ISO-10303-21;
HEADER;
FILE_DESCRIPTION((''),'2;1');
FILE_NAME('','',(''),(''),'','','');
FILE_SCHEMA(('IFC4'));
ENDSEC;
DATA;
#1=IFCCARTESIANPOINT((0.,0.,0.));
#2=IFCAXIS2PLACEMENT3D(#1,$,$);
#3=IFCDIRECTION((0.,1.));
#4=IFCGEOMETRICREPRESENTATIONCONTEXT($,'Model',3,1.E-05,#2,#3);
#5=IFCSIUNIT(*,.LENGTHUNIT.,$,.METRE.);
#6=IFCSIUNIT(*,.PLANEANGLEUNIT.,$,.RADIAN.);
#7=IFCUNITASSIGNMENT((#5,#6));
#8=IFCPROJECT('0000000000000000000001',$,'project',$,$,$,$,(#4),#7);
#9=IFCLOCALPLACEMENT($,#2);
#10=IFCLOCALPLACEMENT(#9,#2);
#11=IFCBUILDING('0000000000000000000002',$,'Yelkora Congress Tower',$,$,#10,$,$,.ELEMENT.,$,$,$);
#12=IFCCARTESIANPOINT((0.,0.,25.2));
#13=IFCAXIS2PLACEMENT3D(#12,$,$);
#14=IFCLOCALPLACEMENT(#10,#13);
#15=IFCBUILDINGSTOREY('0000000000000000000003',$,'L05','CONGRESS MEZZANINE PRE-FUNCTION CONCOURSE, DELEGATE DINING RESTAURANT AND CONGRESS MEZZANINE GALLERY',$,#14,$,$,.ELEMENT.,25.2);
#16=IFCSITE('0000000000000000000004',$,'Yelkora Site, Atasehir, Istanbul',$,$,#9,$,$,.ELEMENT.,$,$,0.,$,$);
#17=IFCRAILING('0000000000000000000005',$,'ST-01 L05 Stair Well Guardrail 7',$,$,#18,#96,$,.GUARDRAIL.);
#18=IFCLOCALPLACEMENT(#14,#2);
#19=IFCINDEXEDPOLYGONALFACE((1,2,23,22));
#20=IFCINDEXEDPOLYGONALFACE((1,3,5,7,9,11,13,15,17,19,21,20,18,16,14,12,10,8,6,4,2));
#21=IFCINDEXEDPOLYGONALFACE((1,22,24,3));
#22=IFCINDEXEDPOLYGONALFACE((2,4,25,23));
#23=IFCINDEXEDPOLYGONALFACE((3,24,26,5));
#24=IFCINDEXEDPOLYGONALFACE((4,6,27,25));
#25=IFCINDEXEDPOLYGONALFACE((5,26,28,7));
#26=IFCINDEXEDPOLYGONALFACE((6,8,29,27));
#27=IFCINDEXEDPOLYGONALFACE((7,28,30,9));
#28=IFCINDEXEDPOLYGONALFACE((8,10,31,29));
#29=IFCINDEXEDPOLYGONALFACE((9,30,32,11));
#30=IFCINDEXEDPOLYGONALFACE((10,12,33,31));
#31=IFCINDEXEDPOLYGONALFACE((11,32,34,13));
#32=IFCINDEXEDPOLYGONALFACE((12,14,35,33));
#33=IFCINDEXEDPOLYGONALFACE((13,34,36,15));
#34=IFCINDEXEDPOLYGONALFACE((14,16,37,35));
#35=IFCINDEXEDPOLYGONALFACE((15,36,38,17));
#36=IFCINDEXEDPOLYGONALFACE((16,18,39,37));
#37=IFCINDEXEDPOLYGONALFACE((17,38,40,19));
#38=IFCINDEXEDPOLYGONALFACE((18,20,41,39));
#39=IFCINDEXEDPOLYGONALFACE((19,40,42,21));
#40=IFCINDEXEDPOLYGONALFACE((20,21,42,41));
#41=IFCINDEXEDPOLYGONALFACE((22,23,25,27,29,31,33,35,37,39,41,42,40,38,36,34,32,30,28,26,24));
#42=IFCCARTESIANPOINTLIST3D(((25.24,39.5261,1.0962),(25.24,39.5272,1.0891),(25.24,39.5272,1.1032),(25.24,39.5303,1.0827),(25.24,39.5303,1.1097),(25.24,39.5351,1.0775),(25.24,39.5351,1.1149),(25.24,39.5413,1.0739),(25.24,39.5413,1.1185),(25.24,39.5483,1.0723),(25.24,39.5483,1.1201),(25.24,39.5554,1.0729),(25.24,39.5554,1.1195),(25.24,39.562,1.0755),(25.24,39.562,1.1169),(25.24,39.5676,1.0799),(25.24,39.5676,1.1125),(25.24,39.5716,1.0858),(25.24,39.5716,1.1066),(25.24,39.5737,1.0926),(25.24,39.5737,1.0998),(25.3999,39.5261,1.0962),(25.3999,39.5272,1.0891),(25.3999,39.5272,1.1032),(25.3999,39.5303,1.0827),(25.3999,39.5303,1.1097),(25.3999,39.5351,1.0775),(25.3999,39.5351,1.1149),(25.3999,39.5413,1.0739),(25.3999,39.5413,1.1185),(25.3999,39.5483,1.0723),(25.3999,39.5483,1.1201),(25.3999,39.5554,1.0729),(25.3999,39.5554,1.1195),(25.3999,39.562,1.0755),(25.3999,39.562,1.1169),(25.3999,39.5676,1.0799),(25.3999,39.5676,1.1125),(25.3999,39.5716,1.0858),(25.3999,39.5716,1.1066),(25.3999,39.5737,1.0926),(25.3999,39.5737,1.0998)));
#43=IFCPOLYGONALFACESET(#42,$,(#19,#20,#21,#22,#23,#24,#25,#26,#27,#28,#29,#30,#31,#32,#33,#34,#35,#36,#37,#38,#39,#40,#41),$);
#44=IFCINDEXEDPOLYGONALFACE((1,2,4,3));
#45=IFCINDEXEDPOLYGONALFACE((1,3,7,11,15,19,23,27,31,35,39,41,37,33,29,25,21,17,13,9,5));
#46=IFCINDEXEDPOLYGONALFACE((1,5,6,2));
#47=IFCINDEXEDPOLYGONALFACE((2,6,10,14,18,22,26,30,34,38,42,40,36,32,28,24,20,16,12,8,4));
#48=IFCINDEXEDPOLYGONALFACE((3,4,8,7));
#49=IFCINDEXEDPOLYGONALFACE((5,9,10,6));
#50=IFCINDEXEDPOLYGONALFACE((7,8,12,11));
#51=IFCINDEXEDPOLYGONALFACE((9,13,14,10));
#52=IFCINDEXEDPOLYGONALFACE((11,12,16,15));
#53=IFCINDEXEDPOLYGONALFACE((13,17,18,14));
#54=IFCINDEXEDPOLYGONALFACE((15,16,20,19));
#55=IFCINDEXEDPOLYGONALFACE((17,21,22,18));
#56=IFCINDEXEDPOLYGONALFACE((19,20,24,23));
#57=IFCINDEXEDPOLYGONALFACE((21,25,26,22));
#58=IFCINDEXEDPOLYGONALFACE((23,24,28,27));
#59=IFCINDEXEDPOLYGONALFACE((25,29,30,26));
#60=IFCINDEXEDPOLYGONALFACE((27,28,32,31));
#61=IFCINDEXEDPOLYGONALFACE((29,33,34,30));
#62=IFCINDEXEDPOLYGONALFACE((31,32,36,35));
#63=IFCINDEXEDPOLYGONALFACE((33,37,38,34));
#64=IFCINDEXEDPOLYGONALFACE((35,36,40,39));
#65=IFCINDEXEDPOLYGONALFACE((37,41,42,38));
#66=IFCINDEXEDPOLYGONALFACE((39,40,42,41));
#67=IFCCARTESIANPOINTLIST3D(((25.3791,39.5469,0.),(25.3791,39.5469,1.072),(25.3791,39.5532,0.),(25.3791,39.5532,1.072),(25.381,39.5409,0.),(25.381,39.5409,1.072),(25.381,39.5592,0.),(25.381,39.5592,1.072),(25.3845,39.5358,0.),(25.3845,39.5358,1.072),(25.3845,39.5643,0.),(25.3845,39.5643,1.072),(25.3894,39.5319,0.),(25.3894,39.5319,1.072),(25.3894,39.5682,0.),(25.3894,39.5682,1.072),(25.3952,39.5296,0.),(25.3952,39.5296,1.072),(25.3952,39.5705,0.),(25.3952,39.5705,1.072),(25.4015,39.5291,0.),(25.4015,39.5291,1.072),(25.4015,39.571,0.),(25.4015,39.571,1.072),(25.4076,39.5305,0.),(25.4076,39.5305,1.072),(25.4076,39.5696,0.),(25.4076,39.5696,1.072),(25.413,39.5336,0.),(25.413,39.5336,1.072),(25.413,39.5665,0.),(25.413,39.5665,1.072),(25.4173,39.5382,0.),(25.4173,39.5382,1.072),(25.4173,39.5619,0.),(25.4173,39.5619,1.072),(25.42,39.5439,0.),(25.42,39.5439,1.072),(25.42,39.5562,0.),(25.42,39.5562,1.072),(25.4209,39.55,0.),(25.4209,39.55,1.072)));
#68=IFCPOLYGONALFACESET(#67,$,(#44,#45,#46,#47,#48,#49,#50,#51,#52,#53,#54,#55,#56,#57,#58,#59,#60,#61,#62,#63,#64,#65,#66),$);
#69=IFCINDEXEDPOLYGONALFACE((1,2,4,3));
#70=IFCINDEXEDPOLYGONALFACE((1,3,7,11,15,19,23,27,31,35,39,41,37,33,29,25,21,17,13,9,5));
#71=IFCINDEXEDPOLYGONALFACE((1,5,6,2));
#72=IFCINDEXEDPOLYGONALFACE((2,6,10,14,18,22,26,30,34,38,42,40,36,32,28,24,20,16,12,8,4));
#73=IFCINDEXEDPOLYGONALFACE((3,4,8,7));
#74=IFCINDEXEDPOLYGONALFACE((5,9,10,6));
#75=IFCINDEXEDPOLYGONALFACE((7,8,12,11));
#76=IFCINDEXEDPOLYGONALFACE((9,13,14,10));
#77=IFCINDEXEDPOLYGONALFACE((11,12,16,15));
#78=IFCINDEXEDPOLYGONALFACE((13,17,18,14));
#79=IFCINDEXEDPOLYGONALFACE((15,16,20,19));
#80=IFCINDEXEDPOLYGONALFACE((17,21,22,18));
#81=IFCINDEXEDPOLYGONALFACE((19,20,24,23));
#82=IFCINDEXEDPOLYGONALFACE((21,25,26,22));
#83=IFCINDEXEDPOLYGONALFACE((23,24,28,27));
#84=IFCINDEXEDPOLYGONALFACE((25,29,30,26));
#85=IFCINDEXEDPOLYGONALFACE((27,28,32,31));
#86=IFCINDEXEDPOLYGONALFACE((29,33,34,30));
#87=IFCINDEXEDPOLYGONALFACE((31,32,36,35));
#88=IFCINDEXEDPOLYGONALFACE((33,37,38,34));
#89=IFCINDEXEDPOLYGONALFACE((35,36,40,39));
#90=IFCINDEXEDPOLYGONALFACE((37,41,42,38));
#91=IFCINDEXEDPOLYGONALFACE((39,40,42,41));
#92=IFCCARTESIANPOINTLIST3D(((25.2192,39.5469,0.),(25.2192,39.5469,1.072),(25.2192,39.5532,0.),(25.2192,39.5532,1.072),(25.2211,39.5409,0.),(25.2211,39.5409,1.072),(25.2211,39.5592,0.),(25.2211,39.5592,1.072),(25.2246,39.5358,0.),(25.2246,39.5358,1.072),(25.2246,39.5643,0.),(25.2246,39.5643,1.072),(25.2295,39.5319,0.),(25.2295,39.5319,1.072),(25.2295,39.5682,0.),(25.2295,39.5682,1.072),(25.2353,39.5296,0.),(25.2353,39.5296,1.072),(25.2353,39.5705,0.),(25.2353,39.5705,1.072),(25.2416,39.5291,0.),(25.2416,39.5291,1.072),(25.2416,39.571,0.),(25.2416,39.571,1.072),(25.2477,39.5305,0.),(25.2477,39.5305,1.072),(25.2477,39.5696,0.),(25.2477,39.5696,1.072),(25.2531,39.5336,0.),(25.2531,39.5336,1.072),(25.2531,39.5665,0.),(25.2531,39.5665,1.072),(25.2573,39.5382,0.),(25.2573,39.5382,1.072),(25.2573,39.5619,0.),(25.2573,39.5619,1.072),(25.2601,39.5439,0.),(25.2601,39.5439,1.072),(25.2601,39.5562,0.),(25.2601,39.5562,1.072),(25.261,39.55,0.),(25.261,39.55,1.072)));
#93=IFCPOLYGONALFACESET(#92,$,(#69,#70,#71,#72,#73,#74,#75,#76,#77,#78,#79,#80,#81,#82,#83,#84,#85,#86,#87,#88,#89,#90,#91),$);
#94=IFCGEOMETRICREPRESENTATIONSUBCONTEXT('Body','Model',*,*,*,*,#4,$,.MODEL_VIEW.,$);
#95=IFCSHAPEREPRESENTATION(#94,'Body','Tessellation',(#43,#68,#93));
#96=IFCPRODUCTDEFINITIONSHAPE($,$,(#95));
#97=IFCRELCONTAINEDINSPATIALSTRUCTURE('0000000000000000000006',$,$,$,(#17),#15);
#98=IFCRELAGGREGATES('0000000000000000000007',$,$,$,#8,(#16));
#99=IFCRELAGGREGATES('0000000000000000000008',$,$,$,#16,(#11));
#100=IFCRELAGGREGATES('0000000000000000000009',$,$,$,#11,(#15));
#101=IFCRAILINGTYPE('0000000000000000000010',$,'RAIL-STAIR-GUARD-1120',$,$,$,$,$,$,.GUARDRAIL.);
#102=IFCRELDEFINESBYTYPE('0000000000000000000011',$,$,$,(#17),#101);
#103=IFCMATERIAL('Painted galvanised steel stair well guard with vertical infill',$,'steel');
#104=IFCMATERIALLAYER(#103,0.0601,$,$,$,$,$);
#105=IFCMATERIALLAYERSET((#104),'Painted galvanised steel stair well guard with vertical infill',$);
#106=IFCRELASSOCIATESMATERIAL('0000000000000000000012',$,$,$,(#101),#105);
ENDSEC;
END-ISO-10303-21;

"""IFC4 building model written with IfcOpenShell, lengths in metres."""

from ifc_helpers import new_model, si_unit, direction, frame, origin, origin_2d, place, context, subcontext, project, spatial, circle, extrude, material, layer, layer_set, type_object, element, save


model = new_model("IFC4")

# Units and contexts
model_context = context("Model", 3, precision=1e-05, world=origin(), true_north=direction((0.0, 1.0)))
body_context = subcontext(model_context, "Body", "Model", "MODEL_VIEW")
ifc_project = project(units=[si_unit("LENGTHUNIT", "METRE"), si_unit("PLANEANGLEUNIT", "RADIAN")], contexts=[model_context])

# Site, building, storey
site_placement = place(None, origin())
site = spatial("IfcSite", under=ifc_project, at=site_placement, Name="Yelkora Site, Atasehir, Istanbul", CompositionType="ELEMENT", RefElevation=0.0)
building_placement = place(site_placement, origin())
building = spatial("IfcBuilding", under=site, at=building_placement, Name="Yelkora Congress Tower", CompositionType="ELEMENT")
storey_placement = place(building_placement, frame((0.0, 0.0, 25.2)))
storey = spatial("IfcBuildingStorey", under=building, at=storey_placement, Name="L05", Description="CONGRESS MEZZANINE PRE-FUNCTION CONCOURSE, DELEGATE DINING RESTAURANT AND CONGRESS MEZZANINE GALLERY", CompositionType="ELEMENT", Elevation=25.2)

# Railing
ifc_material_1 = material(Name="Painted galvanised steel stair well guard with vertical infill", Category="steel")
ifc_layer_1 = layer(ifc_material_1, 0.0601)
ifc_layer_set_1 = layer_set([ifc_layer_1], Name="Painted galvanised steel stair well guard with vertical infill")
railing_type_1 = type_object("IfcRailingType", Name="RAIL-STAIR-GUARD-1120", PredefinedType="GUARDRAIL", material=ifc_layer_set_1)
railing_1_placement = place(storey_placement, frame((25.3999, 39.55, 0.0)))
element("IfcRailing", 1, at=railing_1_placement, inside=storey, type_object=railing_type_1, Name="ST-01 L05 Stair Well Guardrail 7", PredefinedType="GUARDRAIL", context=body_context, shape_type="SweptSolid", body=[
    extrude(circle(Radius=0.0239, at=origin_2d()), frame((0.0, 0.0, 1.0962), z_axis=(-1.0, 0.0, 0.0), x_axis=(0.0, -1.0, 0.0)), (0.0, 0.0, 1.0), 0.1599),
    extrude(circle(Radius=0.021, at=origin_2d()), origin(), (0.0, 0.0, 1.0), 1.072),
    extrude(circle(Radius=0.021, at=origin_2d()), frame((-0.1599, 0.0, 0.0)), (0.0, 0.0, 1.0), 1.072),
])

save(model, "model.ifc")
